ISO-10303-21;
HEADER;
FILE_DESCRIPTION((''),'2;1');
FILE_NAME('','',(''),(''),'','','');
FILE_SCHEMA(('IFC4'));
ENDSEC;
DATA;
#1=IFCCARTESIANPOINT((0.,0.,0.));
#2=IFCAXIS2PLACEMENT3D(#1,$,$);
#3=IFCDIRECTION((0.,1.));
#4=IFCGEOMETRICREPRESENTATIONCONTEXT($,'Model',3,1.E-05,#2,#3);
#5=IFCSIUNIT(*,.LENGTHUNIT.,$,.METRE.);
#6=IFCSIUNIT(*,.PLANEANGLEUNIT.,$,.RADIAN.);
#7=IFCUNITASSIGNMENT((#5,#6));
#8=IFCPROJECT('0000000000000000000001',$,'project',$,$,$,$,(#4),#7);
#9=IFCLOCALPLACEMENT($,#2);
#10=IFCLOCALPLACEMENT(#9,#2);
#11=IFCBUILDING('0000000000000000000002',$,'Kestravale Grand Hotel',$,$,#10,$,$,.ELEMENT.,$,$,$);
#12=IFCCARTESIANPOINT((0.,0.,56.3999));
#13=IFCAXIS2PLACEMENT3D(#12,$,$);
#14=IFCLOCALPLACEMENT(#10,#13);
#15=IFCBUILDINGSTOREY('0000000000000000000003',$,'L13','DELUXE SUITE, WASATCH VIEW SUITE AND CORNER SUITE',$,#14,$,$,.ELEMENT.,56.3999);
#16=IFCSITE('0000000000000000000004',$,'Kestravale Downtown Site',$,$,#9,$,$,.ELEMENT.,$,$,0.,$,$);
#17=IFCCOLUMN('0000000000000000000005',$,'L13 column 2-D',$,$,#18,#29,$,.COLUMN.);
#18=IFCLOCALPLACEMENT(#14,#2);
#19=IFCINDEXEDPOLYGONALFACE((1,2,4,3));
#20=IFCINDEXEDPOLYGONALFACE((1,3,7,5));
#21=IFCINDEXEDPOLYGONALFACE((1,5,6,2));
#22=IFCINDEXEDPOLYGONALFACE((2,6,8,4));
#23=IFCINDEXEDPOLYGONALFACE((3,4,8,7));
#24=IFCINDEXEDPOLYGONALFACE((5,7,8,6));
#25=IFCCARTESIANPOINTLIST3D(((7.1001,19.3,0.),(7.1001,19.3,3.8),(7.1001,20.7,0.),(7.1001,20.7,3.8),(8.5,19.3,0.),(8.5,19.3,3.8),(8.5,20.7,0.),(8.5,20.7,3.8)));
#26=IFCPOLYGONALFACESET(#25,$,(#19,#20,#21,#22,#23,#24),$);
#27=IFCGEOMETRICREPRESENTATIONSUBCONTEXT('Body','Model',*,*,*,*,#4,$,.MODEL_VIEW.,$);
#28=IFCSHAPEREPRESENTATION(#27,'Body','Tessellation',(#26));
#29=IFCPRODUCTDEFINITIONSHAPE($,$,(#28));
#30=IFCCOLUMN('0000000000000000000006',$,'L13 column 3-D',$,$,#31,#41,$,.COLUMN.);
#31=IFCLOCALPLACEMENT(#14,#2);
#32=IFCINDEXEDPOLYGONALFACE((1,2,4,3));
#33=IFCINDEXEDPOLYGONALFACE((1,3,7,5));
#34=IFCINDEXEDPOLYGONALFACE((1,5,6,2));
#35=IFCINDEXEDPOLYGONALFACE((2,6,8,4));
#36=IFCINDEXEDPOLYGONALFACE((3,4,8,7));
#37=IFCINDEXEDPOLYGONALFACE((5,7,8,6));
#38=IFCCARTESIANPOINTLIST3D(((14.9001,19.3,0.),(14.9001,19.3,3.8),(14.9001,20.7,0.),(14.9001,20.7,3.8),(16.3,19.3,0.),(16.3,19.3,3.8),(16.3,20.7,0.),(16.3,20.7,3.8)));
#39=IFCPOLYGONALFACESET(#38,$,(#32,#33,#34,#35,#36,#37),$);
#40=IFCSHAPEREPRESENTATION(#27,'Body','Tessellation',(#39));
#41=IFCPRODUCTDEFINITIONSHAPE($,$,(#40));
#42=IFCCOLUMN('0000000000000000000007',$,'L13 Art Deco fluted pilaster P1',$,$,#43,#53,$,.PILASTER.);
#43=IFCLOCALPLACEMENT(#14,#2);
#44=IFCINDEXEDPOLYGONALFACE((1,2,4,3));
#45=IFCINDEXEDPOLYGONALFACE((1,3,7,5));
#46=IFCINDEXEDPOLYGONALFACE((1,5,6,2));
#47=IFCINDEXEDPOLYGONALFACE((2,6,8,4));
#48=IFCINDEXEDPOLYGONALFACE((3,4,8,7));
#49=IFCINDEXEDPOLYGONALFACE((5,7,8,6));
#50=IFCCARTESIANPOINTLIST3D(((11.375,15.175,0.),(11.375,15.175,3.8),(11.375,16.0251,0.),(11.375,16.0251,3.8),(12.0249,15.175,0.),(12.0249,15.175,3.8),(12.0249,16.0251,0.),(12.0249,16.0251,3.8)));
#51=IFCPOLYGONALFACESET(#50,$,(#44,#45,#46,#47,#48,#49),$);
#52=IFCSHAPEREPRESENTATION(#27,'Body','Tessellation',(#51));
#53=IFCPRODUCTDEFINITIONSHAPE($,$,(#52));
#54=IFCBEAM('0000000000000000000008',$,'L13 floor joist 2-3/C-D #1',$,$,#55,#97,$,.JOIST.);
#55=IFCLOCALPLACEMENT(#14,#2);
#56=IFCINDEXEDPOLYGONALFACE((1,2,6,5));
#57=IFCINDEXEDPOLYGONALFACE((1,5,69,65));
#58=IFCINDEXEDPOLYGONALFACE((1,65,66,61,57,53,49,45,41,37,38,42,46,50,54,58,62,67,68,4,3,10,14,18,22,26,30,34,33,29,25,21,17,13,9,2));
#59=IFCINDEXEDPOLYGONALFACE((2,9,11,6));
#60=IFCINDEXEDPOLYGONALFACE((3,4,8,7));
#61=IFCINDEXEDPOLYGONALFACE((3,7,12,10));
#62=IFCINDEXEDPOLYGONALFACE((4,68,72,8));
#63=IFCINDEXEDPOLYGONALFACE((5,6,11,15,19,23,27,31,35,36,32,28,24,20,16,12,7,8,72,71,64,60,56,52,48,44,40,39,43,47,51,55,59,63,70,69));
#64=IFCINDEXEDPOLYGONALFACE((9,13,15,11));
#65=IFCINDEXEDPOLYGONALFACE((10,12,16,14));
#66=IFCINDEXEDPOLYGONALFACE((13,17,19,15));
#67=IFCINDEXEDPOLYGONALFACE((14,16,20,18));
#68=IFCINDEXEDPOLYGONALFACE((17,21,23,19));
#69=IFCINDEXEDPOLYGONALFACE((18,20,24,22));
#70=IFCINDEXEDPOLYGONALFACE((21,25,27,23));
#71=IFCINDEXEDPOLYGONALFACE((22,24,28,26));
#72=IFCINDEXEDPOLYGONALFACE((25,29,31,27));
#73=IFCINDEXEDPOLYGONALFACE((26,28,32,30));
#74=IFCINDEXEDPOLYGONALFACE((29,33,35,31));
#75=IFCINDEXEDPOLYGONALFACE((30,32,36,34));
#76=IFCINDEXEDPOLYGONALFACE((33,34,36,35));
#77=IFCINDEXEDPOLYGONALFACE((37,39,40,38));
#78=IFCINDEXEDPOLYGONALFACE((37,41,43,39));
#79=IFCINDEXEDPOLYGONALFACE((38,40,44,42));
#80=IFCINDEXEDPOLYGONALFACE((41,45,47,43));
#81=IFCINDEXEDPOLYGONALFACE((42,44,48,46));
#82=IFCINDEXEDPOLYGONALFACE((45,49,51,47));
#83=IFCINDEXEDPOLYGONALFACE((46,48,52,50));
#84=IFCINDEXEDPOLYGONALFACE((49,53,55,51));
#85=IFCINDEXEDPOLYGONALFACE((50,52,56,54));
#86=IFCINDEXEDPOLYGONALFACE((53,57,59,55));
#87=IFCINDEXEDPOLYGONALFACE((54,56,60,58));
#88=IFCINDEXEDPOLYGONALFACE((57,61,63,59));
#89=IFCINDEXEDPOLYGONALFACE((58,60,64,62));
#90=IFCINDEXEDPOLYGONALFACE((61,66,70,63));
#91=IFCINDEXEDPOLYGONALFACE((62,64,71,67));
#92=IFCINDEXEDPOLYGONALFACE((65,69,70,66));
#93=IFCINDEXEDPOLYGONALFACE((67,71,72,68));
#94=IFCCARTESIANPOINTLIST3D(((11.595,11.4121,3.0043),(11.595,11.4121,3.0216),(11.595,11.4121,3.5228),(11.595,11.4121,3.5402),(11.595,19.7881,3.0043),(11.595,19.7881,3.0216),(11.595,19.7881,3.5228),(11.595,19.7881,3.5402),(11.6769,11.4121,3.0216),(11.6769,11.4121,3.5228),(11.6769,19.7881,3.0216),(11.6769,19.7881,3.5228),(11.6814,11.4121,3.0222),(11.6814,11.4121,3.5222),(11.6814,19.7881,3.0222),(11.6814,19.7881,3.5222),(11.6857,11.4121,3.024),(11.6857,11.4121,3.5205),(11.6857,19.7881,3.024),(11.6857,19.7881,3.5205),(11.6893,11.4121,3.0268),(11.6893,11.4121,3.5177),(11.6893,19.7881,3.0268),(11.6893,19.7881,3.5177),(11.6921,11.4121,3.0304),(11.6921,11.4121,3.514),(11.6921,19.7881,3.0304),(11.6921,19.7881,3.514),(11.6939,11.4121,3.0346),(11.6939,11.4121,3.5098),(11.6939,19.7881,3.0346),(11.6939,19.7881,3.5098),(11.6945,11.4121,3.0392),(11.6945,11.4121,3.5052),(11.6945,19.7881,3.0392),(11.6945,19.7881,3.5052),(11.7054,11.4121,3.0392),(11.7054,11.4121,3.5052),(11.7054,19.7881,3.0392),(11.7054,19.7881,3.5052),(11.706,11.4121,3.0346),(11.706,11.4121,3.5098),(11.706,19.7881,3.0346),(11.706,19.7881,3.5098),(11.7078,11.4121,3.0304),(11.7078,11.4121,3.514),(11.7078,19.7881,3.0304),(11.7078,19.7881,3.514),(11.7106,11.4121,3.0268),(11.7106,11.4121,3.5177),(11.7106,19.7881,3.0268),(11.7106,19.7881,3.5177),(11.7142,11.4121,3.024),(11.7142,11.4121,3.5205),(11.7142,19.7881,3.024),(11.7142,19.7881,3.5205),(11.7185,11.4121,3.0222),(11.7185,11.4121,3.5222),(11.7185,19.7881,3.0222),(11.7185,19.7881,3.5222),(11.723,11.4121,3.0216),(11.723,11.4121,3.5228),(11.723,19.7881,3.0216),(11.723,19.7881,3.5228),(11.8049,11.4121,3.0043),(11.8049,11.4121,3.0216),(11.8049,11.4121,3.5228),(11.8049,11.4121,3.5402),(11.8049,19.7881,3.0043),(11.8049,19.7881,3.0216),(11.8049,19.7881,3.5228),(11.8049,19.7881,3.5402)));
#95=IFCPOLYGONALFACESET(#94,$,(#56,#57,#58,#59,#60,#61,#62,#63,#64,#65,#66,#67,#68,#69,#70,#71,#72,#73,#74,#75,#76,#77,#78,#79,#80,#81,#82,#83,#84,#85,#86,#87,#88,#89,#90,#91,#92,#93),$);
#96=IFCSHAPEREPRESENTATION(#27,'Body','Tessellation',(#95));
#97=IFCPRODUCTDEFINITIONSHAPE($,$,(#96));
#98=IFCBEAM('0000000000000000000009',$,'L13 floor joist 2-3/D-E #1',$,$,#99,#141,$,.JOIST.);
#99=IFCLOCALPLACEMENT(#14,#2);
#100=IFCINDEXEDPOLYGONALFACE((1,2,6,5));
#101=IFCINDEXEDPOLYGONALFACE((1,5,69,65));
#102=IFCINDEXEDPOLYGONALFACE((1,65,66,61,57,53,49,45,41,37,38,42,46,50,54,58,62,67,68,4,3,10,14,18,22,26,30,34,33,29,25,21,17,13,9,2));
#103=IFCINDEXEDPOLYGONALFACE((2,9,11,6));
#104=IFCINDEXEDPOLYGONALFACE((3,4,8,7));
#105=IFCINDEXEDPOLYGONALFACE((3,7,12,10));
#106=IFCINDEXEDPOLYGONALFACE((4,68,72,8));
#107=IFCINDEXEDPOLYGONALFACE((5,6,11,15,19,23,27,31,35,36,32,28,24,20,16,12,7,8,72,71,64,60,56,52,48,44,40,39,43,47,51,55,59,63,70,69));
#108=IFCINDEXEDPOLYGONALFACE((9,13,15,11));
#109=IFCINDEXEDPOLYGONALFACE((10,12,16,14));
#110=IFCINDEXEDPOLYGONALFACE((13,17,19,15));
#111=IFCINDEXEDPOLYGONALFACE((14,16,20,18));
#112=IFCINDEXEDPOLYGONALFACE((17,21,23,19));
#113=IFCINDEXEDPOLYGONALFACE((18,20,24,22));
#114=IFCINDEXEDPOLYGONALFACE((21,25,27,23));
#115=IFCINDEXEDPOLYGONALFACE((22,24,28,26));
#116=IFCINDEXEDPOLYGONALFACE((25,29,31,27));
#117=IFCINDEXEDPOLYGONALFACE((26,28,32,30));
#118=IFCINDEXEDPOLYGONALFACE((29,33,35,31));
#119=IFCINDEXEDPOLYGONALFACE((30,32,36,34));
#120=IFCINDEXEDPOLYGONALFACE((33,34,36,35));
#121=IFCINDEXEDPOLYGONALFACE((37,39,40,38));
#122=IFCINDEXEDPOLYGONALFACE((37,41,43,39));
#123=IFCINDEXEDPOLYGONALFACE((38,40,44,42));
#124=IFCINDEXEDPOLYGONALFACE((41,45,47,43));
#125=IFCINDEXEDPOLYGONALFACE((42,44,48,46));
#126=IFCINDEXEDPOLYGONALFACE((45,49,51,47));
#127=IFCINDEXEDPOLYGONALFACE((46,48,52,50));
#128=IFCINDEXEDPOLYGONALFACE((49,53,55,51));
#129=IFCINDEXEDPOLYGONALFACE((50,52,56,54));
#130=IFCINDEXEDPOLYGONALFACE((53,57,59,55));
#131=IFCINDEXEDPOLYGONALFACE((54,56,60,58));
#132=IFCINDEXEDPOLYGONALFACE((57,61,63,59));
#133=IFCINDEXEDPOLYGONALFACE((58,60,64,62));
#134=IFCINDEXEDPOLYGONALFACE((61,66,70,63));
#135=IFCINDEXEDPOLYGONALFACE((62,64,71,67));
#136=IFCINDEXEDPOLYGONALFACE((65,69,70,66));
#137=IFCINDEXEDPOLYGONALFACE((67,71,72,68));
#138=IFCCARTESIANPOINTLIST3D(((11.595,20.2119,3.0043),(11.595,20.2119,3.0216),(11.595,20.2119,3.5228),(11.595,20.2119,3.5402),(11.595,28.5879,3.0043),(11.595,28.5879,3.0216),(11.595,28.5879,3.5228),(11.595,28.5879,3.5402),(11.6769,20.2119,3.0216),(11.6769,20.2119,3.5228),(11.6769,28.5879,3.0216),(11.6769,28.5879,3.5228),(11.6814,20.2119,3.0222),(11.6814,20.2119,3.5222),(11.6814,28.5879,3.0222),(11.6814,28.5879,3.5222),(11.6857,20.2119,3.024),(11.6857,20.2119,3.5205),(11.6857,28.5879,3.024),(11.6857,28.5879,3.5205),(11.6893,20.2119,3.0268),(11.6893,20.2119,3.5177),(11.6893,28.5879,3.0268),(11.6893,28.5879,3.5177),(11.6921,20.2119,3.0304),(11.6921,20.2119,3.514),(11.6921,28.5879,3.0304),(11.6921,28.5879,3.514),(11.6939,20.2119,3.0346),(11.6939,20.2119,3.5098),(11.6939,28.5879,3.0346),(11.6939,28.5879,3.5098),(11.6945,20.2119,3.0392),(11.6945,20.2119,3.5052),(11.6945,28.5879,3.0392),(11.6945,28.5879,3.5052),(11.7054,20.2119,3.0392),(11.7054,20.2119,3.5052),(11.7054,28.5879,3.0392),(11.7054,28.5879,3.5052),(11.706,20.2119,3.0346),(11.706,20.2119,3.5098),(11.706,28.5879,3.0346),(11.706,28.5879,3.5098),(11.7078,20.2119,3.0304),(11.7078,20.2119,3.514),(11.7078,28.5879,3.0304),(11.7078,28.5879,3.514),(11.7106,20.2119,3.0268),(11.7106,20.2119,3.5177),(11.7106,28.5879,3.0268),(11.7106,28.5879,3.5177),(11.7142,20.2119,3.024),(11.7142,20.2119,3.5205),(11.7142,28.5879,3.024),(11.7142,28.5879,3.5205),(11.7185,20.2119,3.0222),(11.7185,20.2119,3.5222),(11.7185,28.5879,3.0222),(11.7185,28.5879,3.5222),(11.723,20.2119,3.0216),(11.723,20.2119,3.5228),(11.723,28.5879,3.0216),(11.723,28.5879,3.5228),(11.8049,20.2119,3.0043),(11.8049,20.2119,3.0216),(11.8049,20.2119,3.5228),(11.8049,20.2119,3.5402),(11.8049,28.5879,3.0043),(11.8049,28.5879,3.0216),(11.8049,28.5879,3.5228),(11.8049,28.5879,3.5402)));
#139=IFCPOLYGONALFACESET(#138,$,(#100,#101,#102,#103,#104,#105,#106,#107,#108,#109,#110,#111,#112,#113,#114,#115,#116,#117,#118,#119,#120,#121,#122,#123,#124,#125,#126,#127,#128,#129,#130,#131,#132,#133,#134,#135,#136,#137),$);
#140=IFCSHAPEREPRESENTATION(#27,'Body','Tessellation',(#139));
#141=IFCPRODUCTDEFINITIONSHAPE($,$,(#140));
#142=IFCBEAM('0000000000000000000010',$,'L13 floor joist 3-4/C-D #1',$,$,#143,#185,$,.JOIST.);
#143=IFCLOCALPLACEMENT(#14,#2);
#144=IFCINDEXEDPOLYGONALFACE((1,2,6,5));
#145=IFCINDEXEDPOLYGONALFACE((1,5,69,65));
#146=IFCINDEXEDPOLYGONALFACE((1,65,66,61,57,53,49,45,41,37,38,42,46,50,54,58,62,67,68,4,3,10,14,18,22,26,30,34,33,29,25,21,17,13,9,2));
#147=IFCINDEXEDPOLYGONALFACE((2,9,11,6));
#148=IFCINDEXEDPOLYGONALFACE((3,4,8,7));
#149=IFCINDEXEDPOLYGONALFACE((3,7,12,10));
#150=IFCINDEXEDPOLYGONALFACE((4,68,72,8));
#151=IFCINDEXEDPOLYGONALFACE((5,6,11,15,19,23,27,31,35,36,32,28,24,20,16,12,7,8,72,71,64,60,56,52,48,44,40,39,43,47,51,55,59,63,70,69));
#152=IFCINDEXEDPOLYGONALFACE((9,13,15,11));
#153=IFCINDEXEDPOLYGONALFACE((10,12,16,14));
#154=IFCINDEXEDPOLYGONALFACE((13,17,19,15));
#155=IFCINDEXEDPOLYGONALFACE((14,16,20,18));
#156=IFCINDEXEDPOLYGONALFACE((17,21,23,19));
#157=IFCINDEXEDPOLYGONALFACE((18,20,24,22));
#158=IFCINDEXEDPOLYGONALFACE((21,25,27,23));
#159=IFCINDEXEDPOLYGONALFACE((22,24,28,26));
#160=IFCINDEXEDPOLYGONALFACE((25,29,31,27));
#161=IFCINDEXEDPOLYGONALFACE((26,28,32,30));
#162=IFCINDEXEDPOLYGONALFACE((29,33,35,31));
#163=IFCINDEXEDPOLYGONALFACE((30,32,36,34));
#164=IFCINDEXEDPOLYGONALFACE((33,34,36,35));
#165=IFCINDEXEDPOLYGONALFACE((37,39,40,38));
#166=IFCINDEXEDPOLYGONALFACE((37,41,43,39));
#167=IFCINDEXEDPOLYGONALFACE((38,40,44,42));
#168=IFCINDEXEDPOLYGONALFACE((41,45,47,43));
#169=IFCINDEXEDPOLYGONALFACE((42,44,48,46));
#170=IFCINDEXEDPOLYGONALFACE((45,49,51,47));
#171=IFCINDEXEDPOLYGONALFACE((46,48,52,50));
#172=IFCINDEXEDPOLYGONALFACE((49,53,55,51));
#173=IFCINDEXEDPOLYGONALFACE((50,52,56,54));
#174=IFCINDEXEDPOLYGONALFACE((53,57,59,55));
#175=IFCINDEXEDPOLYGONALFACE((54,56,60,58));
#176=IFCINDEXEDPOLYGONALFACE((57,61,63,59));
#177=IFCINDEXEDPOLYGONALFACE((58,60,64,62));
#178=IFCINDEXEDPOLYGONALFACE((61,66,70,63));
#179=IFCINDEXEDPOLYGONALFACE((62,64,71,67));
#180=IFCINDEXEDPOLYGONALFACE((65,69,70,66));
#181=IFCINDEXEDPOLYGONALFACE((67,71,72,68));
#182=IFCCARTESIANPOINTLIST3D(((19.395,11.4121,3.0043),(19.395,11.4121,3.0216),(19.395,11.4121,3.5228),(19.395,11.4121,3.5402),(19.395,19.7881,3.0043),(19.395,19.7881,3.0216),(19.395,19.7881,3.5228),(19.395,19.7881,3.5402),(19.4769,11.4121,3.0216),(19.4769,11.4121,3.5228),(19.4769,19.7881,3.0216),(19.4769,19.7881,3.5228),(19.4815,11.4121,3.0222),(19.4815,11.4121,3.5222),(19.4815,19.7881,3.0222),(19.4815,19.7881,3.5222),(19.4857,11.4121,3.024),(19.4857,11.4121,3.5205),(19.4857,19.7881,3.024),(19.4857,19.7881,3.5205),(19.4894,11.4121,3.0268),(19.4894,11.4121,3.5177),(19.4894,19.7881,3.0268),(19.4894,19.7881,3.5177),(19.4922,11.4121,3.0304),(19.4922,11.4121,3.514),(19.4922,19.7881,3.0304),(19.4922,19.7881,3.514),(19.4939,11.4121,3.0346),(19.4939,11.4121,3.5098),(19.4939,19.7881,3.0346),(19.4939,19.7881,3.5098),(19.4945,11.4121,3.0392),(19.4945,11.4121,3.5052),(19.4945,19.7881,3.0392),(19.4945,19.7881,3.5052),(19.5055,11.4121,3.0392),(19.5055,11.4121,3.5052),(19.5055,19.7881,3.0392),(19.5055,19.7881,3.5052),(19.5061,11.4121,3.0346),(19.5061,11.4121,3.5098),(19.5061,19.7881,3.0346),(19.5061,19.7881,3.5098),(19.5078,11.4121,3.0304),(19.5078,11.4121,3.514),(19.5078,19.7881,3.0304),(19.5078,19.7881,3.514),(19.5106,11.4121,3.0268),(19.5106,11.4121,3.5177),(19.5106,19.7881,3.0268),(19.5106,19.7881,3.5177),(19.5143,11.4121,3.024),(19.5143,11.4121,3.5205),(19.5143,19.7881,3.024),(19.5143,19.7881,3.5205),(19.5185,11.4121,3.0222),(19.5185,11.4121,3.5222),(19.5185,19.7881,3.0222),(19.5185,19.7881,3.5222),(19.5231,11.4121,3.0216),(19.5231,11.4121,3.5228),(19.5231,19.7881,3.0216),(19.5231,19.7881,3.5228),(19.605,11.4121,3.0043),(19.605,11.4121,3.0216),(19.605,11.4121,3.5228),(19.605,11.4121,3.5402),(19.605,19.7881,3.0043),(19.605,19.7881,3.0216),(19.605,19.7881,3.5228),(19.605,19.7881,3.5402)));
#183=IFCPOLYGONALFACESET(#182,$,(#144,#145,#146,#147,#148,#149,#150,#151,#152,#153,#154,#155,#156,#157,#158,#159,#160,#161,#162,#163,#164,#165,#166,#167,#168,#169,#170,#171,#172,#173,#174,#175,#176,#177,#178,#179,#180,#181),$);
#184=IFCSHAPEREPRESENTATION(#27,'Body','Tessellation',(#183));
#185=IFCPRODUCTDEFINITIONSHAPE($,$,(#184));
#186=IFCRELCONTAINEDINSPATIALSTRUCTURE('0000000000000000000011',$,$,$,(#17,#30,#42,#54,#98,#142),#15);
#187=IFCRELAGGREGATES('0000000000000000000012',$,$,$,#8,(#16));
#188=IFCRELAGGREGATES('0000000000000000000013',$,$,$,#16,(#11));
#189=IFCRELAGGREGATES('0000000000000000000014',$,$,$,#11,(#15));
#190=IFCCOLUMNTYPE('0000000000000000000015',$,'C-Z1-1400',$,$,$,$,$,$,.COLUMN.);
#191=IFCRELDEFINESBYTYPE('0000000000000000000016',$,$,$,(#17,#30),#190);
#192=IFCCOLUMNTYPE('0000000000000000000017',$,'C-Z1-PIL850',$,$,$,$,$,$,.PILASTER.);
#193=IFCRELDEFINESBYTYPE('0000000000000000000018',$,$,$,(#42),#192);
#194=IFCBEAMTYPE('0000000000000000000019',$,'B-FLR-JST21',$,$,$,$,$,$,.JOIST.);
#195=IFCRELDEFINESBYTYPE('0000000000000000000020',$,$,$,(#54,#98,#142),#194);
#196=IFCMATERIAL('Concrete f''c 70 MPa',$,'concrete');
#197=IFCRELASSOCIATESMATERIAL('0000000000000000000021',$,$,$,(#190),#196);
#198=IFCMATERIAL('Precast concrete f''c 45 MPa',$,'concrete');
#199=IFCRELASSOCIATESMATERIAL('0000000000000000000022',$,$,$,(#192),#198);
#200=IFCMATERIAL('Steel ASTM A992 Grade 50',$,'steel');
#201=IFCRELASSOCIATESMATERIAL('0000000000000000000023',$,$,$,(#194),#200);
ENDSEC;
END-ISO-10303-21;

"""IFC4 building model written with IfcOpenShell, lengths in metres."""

from ifc_helpers import new_model, si_unit, direction, frame, origin, origin_2d, place, context, subcontext, project, spatial, rectangle, i_section, extrude, material, material_profile, profile_set, type_object, element, save


model = new_model("IFC4")

# Units and contexts
model_context = context("Model", 3, precision=1e-05, world=origin(), true_north=direction((0.0, 1.0)))
body_context = subcontext(model_context, "Body", "Model", "MODEL_VIEW")
ifc_project = project(units=[si_unit("LENGTHUNIT", "METRE"), si_unit("PLANEANGLEUNIT", "RADIAN")], contexts=[model_context])

# Site, building, storey
site_placement = place(None, origin())
site = spatial("IfcSite", under=ifc_project, at=site_placement, Name="Kestravale Downtown Site", CompositionType="ELEMENT", RefElevation=0.0)
building_placement = place(site_placement, origin())
building = spatial("IfcBuilding", under=site, at=building_placement, Name="Kestravale Grand Hotel", CompositionType="ELEMENT")
storey_placement = place(building_placement, frame((0.0, 0.0, 56.3999)))
storey = spatial("IfcBuildingStorey", under=building, at=storey_placement, Name="L13", Description="DELUXE SUITE, WASATCH VIEW SUITE AND CORNER SUITE", CompositionType="ELEMENT", Elevation=56.3999)

# Columns
ifc_material_1 = material(Name="Concrete f'c 70 MPa", Category="concrete")
ifc_material_profile_1 = material_profile(ifc_material_1, rectangle(XDim=1.3999, YDim=1.3999, at=origin_2d()))
ifc_profile_set_1 = profile_set([ifc_material_profile_1], Name="Concrete f'c 70 MPa")
column_type_1 = type_object("IfcColumnType", Name="C-Z1-1400", PredefinedType="COLUMN", material=ifc_profile_set_1)
for number, where, z_axis, x_axis, name in (
    (1, (7.8, 20.0, 0.0), (0.0, 0.0, 1.0), (1.0, 0.0, 0.0), "L13 column 2-D"),
    (2, (15.6001, 20.0, 0.0), (0.0, 0.0, 1.0), (1.0, 0.0, 0.0), "L13 column 3-D"),
):
    element("IfcColumn", number, at=place(storey_placement, frame(where, z_axis=z_axis, x_axis=x_axis)), inside=storey, type_object=column_type_1, Name=name, PredefinedType="COLUMN", context=body_context, shape_type="SweptSolid", body=[
        extrude(rectangle(XDim=1.3999, YDim=1.3999, at=origin_2d()), origin(), (0.0, 0.0, 1.0), 3.8),
    ])
ifc_material_2 = material(Name="Precast concrete f'c 45 MPa", Category="concrete")
ifc_material_profile_2 = material_profile(ifc_material_2, rectangle(XDim=0.6499, YDim=0.8501, at=origin_2d()))
ifc_profile_set_2 = profile_set([ifc_material_profile_2], Name="Precast concrete f'c 45 MPa")
column_type_2 = type_object("IfcColumnType", Name="C-Z1-PIL850", PredefinedType="PILASTER", material=ifc_profile_set_2)
column_placement = place(storey_placement, frame((11.7, 15.6001, 0.0), z_axis=(0.0, 0.0, 1.0), x_axis=(1.0, 0.0, 0.0)))
element("IfcColumn", 3, at=column_placement, inside=storey, type_object=column_type_2, Name="L13 Art Deco fluted pilaster P1", PredefinedType="PILASTER", context=body_context, shape_type="SweptSolid", body=[
    extrude(rectangle(XDim=0.6499, YDim=0.8501, at=origin_2d()), origin(), (0.0, 0.0, 1.0), 3.8),
])

# Beams
ifc_material_3 = material(Name="Steel ASTM A992 Grade 50", Category="steel")
ifc_material_profile_3 = material_profile(ifc_material_3, i_section(OverallWidth=0.21, OverallDepth=0.5359, WebThickness=0.011, FlangeThickness=0.0173, FilletRadius=0.0176, at=origin_2d()))
ifc_profile_set_3 = profile_set([ifc_material_profile_3], Name="Steel ASTM A992 Grade 50")
beam_type_1 = type_object("IfcBeamType", Name="B-FLR-JST21", PredefinedType="JOIST", material=ifc_profile_set_3)
for number, where, z_axis, x_axis, name in (
    (4, (11.7, 11.4121, 3.2722), (0.0, 1.0, 0.0), (-1.0, 0.0, 0.0), "L13 floor joist 2-3/C-D #1"),
    (5, (11.7, 20.2119, 3.2722), (0.0, 1.0, 0.0), (-1.0, 0.0, 0.0), "L13 floor joist 2-3/D-E #1"),
    (6, (19.5, 11.4121, 3.2722), (0.0, 1.0, 0.0), (-1.0, 0.0, 0.0), "L13 floor joist 3-4/C-D #1"),
):
    element("IfcBeam", number, at=place(storey_placement, frame(where, z_axis=z_axis, x_axis=x_axis)), inside=storey, type_object=beam_type_1, Name=name, PredefinedType="JOIST", context=body_context, shape_type="SweptSolid", body=[
        extrude(i_section(OverallWidth=0.21, OverallDepth=0.5359, WebThickness=0.011, FlangeThickness=0.0173, FilletRadius=0.0176, at=origin_2d()), origin(), (0.0, 0.0, 1.0), 8.376),
    ])

save(model, "model.ifc")
